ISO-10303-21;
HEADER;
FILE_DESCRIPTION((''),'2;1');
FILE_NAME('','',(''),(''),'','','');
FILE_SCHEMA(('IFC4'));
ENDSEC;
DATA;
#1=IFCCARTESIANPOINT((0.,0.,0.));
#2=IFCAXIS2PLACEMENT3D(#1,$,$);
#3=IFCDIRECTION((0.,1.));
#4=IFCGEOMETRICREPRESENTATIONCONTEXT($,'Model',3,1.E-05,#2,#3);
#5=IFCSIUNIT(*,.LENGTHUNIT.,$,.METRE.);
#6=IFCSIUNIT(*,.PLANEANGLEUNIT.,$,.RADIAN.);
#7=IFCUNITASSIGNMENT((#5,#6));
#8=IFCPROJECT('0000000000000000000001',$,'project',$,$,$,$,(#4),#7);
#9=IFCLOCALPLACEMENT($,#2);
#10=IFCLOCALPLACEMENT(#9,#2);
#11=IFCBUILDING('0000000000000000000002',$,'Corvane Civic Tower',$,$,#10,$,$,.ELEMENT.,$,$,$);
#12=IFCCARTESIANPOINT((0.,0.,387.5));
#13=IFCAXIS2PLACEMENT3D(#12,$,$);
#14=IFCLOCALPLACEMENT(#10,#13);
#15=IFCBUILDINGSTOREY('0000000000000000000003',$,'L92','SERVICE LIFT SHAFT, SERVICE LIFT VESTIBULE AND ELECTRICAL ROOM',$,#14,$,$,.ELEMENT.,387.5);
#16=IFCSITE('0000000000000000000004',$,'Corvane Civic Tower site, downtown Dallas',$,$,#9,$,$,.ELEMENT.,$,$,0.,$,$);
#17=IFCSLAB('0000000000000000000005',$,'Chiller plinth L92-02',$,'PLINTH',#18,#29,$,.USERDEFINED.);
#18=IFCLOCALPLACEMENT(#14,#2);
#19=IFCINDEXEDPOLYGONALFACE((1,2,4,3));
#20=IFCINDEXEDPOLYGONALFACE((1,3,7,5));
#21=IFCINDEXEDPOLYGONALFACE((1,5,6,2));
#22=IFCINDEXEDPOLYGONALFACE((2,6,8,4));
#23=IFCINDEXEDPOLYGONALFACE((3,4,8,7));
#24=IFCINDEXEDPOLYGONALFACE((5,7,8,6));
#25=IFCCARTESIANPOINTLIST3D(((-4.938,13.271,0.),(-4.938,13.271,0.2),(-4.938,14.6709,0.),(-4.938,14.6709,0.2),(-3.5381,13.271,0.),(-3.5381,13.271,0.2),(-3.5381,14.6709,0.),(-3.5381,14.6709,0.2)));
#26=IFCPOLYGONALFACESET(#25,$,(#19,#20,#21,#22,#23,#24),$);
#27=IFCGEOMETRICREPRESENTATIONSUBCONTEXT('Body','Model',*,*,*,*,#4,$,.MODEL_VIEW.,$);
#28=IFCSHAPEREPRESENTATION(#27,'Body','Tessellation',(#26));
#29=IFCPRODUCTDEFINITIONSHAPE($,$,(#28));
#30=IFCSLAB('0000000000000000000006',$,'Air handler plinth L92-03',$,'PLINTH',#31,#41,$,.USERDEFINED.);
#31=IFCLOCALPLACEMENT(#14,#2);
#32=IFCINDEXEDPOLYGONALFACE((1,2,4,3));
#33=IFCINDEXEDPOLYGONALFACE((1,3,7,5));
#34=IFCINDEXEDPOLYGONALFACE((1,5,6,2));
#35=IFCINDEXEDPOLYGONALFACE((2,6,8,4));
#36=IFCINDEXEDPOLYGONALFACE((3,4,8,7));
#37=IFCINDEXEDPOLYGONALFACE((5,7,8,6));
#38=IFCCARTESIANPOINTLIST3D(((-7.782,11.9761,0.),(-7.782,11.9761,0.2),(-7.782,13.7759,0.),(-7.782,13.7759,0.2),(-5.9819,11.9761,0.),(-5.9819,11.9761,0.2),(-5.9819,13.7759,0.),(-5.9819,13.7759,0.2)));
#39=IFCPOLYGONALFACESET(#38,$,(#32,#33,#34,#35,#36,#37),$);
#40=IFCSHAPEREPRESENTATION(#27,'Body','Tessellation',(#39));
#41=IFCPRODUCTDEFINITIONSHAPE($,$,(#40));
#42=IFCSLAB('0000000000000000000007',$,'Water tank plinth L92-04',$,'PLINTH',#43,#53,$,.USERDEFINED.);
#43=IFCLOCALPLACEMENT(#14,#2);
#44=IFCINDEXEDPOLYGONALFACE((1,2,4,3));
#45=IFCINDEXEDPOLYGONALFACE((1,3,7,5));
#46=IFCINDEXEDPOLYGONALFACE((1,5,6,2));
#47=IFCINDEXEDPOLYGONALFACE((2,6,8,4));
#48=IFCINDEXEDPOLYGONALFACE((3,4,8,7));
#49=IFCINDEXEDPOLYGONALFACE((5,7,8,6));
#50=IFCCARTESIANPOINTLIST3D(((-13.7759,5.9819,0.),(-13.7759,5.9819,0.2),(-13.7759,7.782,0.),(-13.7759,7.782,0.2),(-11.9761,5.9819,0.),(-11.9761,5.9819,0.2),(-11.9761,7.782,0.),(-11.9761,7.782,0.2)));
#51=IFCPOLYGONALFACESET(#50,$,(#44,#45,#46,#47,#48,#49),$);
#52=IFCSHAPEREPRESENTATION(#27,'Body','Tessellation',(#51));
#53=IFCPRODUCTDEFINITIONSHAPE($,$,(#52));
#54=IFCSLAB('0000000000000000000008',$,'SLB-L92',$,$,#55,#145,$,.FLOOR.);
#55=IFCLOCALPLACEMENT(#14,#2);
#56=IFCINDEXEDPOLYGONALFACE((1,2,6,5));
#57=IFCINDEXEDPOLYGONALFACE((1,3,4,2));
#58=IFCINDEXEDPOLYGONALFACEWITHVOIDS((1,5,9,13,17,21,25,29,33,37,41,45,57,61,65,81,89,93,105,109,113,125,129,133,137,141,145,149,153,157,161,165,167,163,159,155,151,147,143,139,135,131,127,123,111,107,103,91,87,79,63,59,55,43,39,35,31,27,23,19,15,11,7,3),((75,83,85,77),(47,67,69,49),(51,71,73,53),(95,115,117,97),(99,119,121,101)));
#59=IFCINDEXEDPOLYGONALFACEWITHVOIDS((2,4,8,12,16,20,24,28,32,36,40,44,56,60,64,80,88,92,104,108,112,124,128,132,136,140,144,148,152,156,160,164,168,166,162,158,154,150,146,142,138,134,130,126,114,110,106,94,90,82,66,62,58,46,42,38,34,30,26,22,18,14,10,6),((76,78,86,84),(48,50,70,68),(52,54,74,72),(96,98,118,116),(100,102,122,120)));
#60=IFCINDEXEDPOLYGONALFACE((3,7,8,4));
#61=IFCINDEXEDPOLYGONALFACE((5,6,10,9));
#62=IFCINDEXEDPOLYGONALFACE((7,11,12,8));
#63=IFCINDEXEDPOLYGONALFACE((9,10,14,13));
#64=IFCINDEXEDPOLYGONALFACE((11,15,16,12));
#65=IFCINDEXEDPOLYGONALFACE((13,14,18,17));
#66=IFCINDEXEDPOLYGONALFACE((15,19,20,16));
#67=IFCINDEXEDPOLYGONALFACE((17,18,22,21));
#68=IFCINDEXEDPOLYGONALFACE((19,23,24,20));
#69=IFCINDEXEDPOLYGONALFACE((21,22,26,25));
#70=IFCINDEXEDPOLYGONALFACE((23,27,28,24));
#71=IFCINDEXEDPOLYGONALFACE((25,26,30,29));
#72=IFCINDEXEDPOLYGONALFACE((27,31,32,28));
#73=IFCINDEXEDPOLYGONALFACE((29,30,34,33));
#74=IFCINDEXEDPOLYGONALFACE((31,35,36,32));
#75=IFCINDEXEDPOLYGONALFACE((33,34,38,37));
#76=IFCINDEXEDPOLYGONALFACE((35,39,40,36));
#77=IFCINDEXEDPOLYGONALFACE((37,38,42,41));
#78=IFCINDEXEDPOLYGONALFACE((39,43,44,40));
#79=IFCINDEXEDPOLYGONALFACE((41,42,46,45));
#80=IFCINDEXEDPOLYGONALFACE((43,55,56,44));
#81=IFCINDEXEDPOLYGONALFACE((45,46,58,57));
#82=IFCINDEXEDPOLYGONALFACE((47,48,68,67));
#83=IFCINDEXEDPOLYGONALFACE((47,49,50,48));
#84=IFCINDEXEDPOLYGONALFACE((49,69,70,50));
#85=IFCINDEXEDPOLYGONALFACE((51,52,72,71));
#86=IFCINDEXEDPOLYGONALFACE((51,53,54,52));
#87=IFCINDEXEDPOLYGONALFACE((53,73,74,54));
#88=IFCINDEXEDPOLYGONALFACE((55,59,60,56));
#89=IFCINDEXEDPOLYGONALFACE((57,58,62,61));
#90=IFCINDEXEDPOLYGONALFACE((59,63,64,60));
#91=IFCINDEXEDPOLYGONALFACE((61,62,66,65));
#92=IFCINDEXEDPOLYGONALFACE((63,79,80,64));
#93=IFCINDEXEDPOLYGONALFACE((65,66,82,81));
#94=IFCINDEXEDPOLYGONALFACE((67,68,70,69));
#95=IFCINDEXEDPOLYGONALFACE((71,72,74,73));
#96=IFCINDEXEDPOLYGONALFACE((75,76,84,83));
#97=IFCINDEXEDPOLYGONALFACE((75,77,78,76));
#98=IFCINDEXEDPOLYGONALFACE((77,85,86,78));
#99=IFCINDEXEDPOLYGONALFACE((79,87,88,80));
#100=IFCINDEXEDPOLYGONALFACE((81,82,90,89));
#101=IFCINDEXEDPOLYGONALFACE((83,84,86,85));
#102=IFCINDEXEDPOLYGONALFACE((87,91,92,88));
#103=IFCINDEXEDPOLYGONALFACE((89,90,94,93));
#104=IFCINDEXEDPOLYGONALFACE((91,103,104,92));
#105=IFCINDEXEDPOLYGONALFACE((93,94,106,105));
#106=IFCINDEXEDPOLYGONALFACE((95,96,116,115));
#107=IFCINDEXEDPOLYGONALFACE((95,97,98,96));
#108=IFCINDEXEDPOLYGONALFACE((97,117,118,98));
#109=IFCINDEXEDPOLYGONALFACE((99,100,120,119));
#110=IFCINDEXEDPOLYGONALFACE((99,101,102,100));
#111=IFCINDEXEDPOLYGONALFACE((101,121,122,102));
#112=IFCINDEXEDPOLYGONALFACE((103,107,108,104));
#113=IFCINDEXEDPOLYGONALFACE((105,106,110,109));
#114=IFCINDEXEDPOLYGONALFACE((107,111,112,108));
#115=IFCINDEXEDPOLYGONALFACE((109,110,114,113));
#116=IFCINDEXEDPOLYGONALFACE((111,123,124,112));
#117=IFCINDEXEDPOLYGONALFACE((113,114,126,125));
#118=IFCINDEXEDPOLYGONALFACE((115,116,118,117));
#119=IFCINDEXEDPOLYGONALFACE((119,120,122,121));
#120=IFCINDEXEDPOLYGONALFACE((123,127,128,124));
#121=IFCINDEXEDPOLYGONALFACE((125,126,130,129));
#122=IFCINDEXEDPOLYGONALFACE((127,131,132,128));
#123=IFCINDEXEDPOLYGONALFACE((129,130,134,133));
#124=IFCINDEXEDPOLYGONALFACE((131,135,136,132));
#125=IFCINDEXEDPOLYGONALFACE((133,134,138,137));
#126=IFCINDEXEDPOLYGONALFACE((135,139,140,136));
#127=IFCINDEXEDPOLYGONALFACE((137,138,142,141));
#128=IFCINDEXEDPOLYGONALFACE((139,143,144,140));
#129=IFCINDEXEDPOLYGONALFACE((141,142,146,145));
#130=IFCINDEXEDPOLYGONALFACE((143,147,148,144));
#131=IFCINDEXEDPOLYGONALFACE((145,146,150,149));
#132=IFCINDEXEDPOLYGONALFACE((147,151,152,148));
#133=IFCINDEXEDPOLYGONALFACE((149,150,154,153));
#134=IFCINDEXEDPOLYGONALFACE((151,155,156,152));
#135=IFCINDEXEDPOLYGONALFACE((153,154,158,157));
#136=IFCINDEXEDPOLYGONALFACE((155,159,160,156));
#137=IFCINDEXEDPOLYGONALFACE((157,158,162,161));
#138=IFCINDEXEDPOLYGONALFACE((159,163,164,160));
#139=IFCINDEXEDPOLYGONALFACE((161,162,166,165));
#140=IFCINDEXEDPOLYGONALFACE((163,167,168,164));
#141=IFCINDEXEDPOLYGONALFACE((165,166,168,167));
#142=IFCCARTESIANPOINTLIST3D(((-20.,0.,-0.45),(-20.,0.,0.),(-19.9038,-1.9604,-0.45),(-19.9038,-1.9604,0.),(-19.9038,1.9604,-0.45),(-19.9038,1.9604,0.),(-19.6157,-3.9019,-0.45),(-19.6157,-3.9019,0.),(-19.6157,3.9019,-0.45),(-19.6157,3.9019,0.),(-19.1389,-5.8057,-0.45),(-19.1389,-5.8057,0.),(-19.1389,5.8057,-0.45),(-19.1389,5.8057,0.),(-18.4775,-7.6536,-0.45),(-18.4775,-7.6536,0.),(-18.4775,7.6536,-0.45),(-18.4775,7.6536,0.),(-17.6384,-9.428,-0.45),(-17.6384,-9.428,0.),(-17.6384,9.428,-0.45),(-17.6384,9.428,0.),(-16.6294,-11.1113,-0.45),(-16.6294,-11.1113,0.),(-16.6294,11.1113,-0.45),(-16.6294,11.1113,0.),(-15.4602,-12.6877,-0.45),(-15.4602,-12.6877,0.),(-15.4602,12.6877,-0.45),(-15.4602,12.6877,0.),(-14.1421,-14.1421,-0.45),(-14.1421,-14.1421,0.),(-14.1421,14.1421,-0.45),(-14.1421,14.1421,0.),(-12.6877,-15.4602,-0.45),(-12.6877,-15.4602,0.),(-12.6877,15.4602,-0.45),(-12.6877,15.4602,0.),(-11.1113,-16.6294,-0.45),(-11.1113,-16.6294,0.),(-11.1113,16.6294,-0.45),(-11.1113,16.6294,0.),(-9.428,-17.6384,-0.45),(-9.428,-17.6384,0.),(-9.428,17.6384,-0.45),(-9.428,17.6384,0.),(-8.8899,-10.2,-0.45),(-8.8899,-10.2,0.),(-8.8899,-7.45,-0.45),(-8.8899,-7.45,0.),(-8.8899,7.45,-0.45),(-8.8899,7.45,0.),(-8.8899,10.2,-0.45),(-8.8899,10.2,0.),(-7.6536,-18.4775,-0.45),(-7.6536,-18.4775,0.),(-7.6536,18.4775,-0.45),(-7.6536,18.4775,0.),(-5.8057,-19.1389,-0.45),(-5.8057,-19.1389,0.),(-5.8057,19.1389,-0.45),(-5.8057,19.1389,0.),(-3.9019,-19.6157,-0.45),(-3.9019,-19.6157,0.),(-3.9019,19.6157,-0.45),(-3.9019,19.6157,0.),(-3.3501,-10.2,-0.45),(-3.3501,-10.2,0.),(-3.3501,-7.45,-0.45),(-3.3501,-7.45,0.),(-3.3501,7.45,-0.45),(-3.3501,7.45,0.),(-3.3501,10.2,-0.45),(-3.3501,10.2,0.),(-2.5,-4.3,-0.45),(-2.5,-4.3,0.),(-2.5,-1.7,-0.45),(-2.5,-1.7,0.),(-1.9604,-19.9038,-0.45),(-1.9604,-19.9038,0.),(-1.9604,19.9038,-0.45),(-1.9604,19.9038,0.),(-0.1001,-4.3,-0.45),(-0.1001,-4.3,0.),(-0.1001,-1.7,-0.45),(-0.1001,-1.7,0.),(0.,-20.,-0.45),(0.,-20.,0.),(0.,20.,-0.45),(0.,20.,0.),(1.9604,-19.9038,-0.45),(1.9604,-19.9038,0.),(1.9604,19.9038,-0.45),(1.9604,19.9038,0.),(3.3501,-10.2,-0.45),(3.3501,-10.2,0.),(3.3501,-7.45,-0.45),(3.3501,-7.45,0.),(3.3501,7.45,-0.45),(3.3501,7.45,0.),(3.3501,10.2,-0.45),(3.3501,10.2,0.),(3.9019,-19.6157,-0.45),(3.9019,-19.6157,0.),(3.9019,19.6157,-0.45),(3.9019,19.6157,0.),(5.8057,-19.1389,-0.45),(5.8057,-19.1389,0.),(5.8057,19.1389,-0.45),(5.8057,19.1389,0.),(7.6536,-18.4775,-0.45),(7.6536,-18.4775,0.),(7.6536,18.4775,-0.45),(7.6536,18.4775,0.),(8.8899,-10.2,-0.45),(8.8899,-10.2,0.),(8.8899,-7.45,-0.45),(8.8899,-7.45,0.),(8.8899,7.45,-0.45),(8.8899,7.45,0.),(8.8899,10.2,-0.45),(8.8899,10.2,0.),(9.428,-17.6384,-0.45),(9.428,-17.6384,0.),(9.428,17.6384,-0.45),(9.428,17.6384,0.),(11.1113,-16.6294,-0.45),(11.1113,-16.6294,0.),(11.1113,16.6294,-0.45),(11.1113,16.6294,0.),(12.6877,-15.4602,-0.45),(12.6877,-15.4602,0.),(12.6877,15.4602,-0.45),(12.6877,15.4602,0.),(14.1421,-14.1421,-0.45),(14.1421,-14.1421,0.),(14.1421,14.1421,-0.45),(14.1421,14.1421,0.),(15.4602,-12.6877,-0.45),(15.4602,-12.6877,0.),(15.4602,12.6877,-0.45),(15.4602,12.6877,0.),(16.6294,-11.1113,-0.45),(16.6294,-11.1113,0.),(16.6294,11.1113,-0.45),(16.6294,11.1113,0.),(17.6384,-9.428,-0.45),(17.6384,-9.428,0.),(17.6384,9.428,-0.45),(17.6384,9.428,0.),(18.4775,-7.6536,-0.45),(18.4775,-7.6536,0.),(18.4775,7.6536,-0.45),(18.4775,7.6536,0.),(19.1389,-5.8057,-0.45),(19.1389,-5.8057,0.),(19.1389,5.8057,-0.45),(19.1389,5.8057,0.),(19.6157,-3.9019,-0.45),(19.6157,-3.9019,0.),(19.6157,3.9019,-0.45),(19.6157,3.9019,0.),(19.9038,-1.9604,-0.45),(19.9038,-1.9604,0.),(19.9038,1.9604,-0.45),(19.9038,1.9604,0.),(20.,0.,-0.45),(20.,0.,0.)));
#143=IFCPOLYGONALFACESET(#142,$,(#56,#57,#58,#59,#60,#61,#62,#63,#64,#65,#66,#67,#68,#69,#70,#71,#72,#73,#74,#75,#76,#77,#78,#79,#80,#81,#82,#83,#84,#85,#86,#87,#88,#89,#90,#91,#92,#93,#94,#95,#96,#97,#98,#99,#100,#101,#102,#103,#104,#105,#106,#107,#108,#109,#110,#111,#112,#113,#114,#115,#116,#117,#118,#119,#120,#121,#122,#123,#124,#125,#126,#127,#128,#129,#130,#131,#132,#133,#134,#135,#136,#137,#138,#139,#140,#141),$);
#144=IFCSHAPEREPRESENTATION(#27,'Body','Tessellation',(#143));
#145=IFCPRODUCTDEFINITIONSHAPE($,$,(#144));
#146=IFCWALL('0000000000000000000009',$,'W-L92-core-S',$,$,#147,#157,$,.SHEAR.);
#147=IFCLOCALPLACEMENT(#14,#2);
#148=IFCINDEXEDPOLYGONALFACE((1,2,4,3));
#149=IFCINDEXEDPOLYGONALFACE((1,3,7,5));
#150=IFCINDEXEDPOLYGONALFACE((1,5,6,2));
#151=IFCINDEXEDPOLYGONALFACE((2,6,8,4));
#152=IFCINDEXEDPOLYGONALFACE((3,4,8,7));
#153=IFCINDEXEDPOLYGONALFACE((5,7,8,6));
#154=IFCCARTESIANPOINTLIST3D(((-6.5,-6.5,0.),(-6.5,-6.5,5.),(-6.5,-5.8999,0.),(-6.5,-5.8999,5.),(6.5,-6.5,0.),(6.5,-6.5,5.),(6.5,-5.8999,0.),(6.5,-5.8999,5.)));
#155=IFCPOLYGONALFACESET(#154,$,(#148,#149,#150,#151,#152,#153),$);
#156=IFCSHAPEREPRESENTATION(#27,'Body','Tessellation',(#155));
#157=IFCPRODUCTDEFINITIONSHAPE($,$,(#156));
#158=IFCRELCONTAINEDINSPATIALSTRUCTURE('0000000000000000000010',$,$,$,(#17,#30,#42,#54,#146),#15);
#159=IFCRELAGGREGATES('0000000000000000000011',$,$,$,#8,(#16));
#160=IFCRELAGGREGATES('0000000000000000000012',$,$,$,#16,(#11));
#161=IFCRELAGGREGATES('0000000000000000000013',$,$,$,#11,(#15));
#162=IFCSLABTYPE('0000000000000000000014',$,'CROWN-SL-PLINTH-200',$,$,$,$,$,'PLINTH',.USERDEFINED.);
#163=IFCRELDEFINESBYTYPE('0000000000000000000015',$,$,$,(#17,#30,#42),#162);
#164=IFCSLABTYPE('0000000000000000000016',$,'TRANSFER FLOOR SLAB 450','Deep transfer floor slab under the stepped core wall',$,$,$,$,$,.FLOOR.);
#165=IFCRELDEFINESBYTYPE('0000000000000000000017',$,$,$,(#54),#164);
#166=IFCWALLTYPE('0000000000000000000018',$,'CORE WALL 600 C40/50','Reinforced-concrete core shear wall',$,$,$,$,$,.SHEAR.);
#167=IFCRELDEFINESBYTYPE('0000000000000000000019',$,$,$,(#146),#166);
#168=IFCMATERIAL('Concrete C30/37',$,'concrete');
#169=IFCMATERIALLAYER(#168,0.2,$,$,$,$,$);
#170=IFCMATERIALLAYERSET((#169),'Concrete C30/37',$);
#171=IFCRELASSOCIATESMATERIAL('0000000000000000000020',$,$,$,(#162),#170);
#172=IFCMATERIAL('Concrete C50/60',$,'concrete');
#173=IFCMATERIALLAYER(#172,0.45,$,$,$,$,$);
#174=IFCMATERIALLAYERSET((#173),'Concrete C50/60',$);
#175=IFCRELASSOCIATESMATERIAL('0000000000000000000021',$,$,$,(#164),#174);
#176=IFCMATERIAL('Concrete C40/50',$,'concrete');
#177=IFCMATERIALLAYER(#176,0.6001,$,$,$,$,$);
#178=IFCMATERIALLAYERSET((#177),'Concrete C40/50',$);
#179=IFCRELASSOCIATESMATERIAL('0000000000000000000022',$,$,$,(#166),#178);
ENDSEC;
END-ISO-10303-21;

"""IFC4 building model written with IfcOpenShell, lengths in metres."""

from ifc_helpers import new_model, si_unit, direction, frame, frame_2d, origin, place, context, subcontext, project, spatial, polyline, rectangle, outline, extrude, material, layer, layer_set, type_object, element, save


model = new_model("IFC4")

# Units and contexts
model_context = context("Model", 3, precision=1e-05, world=origin(), true_north=direction((0.0, 1.0)))
body_context = subcontext(model_context, "Body", "Model", "MODEL_VIEW")
ifc_project = project(units=[si_unit("LENGTHUNIT", "METRE"), si_unit("PLANEANGLEUNIT", "RADIAN")], contexts=[model_context])

# Site, building, storey
site_placement = place(None, origin())
site = spatial("IfcSite", under=ifc_project, at=site_placement, Name="Corvane Civic Tower site, downtown Dallas", CompositionType="ELEMENT", RefElevation=0.0)
building_placement = place(site_placement, origin())
building = spatial("IfcBuilding", under=site, at=building_placement, Name="Corvane Civic Tower", CompositionType="ELEMENT")
storey_placement = place(building_placement, frame((0.0, 0.0, 387.5)))
storey = spatial("IfcBuildingStorey", under=building, at=storey_placement, Name="L92", Description="SERVICE LIFT SHAFT, SERVICE LIFT VESTIBULE AND ELECTRICAL ROOM", CompositionType="ELEMENT", Elevation=387.5)

# Slabs
ifc_material_1 = material(Name="Concrete C30/37", Category="concrete")
ifc_layer_1 = layer(ifc_material_1, 0.2)
ifc_layer_set_1 = layer_set([ifc_layer_1], Name="Concrete C30/37")
slab_type_1 = type_object("IfcSlabType", Name="CROWN-SL-PLINTH-200", ElementType="PLINTH", PredefinedType="USERDEFINED", material=ifc_layer_set_1)
slab_1_placement = place(storey_placement, origin())
element("IfcSlab", 1, at=slab_1_placement, inside=storey, type_object=slab_type_1, Name="Chiller plinth L92-02", ObjectType="PLINTH", PredefinedType="USERDEFINED", context=body_context, shape_type="SweptSolid", body=[
    extrude(outline(polyline([(-3.5381, 13.271), (-3.5381, 14.6709), (-4.938, 14.6709), (-4.938, 13.271), (-3.5381, 13.271)])), origin(), (0.0, 0.0, 1.0), 0.2),
])
slab_2_placement = place(storey_placement, origin())
element("IfcSlab", 2, at=slab_2_placement, inside=storey, type_object=slab_type_1, Name="Air handler plinth L92-03", ObjectType="PLINTH", PredefinedType="USERDEFINED", context=body_context, shape_type="SweptSolid", body=[
    extrude(outline(polyline([(-5.9819, 11.9761), (-5.9819, 13.7759), (-7.782, 13.7759), (-7.782, 11.9761), (-5.9819, 11.9761)])), origin(), (0.0, 0.0, 1.0), 0.2),
])
slab_3_placement = place(storey_placement, origin())
element("IfcSlab", 3, at=slab_3_placement, inside=storey, type_object=slab_type_1, Name="Water tank plinth L92-04", ObjectType="PLINTH", PredefinedType="USERDEFINED", context=body_context, shape_type="SweptSolid", body=[
    extrude(outline(polyline([(-11.9761, 5.9819), (-11.9761, 7.782), (-13.7759, 7.782), (-13.7759, 5.9819), (-11.9761, 5.9819)])), origin(), (0.0, 0.0, 1.0), 0.2),
])
ifc_material_2 = material(Name="Concrete C50/60", Category="concrete")
ifc_layer_2 = layer(ifc_material_2, 0.45)
ifc_layer_set_2 = layer_set([ifc_layer_2], Name="Concrete C50/60")
slab_type_2 = type_object("IfcSlabType", Name="TRANSFER FLOOR SLAB 450", Description="Deep transfer floor slab under the stepped core wall", PredefinedType="FLOOR", material=ifc_layer_set_2)
slab_4_placement = place(storey_placement, frame((0.0, 0.0, -0.45)))
element("IfcSlab", 4, at=slab_4_placement, inside=storey, type_object=slab_type_2, Name="SLB-L92", PredefinedType="FLOOR", context=body_context, shape_type="SweptSolid", body=[
    extrude(outline(polyline([(0.0, 20.0), (-1.9604, 19.9038), (-3.9019, 19.6157), (-5.8057, 19.1389), (-7.6536, 18.4775), (-9.428, 17.6384), (-11.1113, 16.6294), (-12.6877, 15.4602), (-14.1421, 14.1421), (-15.4602, 12.6877), (-16.6294, 11.1113), (-17.6384, 9.428), (-18.4775, 7.6536), (-19.1389, 5.8057), (-19.6157, 3.9019), (-19.9038, 1.9604), (-20.0, 0.0), (-19.9038, -1.9604), (-19.6157, -3.9019), (-19.1389, -5.8057), (-18.4775, -7.6536), (-17.6384, -9.428), (-16.6294, -11.1113), (-15.4602, -12.6877), (-14.1421, -14.1421), (-12.6877, -15.4602), (-11.1113, -16.6294), (-9.428, -17.6384), (-7.6536, -18.4775), (-5.8057, -19.1389), (-3.9019, -19.6157), (-1.9604, -19.9038), (0.0, -20.0), (1.9604, -19.9038), (3.9019, -19.6157), (5.8057, -19.1389), (7.6536, -18.4775), (9.428, -17.6384), (11.1113, -16.6294), (12.6877, -15.4602), (14.1421, -14.1421), (15.4602, -12.6877), (16.6294, -11.1113), (17.6384, -9.428), (18.4775, -7.6536), (19.1389, -5.8057), (19.6157, -3.9019), (19.9038, -1.9604), (20.0, 0.0), (19.9038, 1.9604), (19.6157, 3.9019), (19.1389, 5.8057), (18.4775, 7.6536), (17.6384, 9.428), (16.6294, 11.1113), (15.4602, 12.6877), (14.1421, 14.1421), (12.6877, 15.4602), (11.1113, 16.6294), (9.428, 17.6384), (7.6536, 18.4775), (5.8057, 19.1389), (3.9019, 19.6157), (1.9604, 19.9038), (0.0, 20.0)]), holes=[polyline([(-0.1001, -1.7), (-0.1001, -4.3), (-2.5, -4.3), (-2.5, -1.7), (-0.1001, -1.7)]), polyline([(8.8899, 10.2), (8.8899, 7.45), (3.3501, 7.45), (3.3501, 10.2), (8.8899, 10.2)]), polyline([(-8.8899, 7.45), (-8.8899, 10.2), (-3.3501, 10.2), (-3.3501, 7.45), (-8.8899, 7.45)]), polyline([(8.8899, -7.45), (8.8899, -10.2), (3.3501, -10.2), (3.3501, -7.45), (8.8899, -7.45)]), polyline([(-8.8899, -10.2), (-8.8899, -7.45), (-3.3501, -7.45), (-3.3501, -10.2), (-8.8899, -10.2)])]), origin(), (0.0, 0.0, 1.0), 0.45),
])

# Wall
ifc_material_3 = material(Name="Concrete C40/50", Category="concrete")
ifc_layer_3 = layer(ifc_material_3, 0.6001)
ifc_layer_set_3 = layer_set([ifc_layer_3], Name="Concrete C40/50")
wall_type_1 = type_object("IfcWallType", Name="CORE WALL 600 C40/50", Description="Reinforced-concrete core shear wall", PredefinedType="SHEAR", material=ifc_layer_set_3)
wall_1_placement = place(storey_placement, frame((-6.5, -6.2, 0.0), z_axis=(0.0, 0.0, 1.0), x_axis=(1.0, 0.0, 0.0)))
element("IfcWall", 5, at=wall_1_placement, inside=storey, type_object=wall_type_1, Name="W-L92-core-S", PredefinedType="SHEAR", context=body_context, shape_type="SweptSolid", body=[
    extrude(rectangle(XDim=13.0, YDim=0.6001, at=frame_2d((6.5, 0.0))), origin(), (0.0, 0.0, 1.0), 5.0),
])

save(model, "model.ifc")
